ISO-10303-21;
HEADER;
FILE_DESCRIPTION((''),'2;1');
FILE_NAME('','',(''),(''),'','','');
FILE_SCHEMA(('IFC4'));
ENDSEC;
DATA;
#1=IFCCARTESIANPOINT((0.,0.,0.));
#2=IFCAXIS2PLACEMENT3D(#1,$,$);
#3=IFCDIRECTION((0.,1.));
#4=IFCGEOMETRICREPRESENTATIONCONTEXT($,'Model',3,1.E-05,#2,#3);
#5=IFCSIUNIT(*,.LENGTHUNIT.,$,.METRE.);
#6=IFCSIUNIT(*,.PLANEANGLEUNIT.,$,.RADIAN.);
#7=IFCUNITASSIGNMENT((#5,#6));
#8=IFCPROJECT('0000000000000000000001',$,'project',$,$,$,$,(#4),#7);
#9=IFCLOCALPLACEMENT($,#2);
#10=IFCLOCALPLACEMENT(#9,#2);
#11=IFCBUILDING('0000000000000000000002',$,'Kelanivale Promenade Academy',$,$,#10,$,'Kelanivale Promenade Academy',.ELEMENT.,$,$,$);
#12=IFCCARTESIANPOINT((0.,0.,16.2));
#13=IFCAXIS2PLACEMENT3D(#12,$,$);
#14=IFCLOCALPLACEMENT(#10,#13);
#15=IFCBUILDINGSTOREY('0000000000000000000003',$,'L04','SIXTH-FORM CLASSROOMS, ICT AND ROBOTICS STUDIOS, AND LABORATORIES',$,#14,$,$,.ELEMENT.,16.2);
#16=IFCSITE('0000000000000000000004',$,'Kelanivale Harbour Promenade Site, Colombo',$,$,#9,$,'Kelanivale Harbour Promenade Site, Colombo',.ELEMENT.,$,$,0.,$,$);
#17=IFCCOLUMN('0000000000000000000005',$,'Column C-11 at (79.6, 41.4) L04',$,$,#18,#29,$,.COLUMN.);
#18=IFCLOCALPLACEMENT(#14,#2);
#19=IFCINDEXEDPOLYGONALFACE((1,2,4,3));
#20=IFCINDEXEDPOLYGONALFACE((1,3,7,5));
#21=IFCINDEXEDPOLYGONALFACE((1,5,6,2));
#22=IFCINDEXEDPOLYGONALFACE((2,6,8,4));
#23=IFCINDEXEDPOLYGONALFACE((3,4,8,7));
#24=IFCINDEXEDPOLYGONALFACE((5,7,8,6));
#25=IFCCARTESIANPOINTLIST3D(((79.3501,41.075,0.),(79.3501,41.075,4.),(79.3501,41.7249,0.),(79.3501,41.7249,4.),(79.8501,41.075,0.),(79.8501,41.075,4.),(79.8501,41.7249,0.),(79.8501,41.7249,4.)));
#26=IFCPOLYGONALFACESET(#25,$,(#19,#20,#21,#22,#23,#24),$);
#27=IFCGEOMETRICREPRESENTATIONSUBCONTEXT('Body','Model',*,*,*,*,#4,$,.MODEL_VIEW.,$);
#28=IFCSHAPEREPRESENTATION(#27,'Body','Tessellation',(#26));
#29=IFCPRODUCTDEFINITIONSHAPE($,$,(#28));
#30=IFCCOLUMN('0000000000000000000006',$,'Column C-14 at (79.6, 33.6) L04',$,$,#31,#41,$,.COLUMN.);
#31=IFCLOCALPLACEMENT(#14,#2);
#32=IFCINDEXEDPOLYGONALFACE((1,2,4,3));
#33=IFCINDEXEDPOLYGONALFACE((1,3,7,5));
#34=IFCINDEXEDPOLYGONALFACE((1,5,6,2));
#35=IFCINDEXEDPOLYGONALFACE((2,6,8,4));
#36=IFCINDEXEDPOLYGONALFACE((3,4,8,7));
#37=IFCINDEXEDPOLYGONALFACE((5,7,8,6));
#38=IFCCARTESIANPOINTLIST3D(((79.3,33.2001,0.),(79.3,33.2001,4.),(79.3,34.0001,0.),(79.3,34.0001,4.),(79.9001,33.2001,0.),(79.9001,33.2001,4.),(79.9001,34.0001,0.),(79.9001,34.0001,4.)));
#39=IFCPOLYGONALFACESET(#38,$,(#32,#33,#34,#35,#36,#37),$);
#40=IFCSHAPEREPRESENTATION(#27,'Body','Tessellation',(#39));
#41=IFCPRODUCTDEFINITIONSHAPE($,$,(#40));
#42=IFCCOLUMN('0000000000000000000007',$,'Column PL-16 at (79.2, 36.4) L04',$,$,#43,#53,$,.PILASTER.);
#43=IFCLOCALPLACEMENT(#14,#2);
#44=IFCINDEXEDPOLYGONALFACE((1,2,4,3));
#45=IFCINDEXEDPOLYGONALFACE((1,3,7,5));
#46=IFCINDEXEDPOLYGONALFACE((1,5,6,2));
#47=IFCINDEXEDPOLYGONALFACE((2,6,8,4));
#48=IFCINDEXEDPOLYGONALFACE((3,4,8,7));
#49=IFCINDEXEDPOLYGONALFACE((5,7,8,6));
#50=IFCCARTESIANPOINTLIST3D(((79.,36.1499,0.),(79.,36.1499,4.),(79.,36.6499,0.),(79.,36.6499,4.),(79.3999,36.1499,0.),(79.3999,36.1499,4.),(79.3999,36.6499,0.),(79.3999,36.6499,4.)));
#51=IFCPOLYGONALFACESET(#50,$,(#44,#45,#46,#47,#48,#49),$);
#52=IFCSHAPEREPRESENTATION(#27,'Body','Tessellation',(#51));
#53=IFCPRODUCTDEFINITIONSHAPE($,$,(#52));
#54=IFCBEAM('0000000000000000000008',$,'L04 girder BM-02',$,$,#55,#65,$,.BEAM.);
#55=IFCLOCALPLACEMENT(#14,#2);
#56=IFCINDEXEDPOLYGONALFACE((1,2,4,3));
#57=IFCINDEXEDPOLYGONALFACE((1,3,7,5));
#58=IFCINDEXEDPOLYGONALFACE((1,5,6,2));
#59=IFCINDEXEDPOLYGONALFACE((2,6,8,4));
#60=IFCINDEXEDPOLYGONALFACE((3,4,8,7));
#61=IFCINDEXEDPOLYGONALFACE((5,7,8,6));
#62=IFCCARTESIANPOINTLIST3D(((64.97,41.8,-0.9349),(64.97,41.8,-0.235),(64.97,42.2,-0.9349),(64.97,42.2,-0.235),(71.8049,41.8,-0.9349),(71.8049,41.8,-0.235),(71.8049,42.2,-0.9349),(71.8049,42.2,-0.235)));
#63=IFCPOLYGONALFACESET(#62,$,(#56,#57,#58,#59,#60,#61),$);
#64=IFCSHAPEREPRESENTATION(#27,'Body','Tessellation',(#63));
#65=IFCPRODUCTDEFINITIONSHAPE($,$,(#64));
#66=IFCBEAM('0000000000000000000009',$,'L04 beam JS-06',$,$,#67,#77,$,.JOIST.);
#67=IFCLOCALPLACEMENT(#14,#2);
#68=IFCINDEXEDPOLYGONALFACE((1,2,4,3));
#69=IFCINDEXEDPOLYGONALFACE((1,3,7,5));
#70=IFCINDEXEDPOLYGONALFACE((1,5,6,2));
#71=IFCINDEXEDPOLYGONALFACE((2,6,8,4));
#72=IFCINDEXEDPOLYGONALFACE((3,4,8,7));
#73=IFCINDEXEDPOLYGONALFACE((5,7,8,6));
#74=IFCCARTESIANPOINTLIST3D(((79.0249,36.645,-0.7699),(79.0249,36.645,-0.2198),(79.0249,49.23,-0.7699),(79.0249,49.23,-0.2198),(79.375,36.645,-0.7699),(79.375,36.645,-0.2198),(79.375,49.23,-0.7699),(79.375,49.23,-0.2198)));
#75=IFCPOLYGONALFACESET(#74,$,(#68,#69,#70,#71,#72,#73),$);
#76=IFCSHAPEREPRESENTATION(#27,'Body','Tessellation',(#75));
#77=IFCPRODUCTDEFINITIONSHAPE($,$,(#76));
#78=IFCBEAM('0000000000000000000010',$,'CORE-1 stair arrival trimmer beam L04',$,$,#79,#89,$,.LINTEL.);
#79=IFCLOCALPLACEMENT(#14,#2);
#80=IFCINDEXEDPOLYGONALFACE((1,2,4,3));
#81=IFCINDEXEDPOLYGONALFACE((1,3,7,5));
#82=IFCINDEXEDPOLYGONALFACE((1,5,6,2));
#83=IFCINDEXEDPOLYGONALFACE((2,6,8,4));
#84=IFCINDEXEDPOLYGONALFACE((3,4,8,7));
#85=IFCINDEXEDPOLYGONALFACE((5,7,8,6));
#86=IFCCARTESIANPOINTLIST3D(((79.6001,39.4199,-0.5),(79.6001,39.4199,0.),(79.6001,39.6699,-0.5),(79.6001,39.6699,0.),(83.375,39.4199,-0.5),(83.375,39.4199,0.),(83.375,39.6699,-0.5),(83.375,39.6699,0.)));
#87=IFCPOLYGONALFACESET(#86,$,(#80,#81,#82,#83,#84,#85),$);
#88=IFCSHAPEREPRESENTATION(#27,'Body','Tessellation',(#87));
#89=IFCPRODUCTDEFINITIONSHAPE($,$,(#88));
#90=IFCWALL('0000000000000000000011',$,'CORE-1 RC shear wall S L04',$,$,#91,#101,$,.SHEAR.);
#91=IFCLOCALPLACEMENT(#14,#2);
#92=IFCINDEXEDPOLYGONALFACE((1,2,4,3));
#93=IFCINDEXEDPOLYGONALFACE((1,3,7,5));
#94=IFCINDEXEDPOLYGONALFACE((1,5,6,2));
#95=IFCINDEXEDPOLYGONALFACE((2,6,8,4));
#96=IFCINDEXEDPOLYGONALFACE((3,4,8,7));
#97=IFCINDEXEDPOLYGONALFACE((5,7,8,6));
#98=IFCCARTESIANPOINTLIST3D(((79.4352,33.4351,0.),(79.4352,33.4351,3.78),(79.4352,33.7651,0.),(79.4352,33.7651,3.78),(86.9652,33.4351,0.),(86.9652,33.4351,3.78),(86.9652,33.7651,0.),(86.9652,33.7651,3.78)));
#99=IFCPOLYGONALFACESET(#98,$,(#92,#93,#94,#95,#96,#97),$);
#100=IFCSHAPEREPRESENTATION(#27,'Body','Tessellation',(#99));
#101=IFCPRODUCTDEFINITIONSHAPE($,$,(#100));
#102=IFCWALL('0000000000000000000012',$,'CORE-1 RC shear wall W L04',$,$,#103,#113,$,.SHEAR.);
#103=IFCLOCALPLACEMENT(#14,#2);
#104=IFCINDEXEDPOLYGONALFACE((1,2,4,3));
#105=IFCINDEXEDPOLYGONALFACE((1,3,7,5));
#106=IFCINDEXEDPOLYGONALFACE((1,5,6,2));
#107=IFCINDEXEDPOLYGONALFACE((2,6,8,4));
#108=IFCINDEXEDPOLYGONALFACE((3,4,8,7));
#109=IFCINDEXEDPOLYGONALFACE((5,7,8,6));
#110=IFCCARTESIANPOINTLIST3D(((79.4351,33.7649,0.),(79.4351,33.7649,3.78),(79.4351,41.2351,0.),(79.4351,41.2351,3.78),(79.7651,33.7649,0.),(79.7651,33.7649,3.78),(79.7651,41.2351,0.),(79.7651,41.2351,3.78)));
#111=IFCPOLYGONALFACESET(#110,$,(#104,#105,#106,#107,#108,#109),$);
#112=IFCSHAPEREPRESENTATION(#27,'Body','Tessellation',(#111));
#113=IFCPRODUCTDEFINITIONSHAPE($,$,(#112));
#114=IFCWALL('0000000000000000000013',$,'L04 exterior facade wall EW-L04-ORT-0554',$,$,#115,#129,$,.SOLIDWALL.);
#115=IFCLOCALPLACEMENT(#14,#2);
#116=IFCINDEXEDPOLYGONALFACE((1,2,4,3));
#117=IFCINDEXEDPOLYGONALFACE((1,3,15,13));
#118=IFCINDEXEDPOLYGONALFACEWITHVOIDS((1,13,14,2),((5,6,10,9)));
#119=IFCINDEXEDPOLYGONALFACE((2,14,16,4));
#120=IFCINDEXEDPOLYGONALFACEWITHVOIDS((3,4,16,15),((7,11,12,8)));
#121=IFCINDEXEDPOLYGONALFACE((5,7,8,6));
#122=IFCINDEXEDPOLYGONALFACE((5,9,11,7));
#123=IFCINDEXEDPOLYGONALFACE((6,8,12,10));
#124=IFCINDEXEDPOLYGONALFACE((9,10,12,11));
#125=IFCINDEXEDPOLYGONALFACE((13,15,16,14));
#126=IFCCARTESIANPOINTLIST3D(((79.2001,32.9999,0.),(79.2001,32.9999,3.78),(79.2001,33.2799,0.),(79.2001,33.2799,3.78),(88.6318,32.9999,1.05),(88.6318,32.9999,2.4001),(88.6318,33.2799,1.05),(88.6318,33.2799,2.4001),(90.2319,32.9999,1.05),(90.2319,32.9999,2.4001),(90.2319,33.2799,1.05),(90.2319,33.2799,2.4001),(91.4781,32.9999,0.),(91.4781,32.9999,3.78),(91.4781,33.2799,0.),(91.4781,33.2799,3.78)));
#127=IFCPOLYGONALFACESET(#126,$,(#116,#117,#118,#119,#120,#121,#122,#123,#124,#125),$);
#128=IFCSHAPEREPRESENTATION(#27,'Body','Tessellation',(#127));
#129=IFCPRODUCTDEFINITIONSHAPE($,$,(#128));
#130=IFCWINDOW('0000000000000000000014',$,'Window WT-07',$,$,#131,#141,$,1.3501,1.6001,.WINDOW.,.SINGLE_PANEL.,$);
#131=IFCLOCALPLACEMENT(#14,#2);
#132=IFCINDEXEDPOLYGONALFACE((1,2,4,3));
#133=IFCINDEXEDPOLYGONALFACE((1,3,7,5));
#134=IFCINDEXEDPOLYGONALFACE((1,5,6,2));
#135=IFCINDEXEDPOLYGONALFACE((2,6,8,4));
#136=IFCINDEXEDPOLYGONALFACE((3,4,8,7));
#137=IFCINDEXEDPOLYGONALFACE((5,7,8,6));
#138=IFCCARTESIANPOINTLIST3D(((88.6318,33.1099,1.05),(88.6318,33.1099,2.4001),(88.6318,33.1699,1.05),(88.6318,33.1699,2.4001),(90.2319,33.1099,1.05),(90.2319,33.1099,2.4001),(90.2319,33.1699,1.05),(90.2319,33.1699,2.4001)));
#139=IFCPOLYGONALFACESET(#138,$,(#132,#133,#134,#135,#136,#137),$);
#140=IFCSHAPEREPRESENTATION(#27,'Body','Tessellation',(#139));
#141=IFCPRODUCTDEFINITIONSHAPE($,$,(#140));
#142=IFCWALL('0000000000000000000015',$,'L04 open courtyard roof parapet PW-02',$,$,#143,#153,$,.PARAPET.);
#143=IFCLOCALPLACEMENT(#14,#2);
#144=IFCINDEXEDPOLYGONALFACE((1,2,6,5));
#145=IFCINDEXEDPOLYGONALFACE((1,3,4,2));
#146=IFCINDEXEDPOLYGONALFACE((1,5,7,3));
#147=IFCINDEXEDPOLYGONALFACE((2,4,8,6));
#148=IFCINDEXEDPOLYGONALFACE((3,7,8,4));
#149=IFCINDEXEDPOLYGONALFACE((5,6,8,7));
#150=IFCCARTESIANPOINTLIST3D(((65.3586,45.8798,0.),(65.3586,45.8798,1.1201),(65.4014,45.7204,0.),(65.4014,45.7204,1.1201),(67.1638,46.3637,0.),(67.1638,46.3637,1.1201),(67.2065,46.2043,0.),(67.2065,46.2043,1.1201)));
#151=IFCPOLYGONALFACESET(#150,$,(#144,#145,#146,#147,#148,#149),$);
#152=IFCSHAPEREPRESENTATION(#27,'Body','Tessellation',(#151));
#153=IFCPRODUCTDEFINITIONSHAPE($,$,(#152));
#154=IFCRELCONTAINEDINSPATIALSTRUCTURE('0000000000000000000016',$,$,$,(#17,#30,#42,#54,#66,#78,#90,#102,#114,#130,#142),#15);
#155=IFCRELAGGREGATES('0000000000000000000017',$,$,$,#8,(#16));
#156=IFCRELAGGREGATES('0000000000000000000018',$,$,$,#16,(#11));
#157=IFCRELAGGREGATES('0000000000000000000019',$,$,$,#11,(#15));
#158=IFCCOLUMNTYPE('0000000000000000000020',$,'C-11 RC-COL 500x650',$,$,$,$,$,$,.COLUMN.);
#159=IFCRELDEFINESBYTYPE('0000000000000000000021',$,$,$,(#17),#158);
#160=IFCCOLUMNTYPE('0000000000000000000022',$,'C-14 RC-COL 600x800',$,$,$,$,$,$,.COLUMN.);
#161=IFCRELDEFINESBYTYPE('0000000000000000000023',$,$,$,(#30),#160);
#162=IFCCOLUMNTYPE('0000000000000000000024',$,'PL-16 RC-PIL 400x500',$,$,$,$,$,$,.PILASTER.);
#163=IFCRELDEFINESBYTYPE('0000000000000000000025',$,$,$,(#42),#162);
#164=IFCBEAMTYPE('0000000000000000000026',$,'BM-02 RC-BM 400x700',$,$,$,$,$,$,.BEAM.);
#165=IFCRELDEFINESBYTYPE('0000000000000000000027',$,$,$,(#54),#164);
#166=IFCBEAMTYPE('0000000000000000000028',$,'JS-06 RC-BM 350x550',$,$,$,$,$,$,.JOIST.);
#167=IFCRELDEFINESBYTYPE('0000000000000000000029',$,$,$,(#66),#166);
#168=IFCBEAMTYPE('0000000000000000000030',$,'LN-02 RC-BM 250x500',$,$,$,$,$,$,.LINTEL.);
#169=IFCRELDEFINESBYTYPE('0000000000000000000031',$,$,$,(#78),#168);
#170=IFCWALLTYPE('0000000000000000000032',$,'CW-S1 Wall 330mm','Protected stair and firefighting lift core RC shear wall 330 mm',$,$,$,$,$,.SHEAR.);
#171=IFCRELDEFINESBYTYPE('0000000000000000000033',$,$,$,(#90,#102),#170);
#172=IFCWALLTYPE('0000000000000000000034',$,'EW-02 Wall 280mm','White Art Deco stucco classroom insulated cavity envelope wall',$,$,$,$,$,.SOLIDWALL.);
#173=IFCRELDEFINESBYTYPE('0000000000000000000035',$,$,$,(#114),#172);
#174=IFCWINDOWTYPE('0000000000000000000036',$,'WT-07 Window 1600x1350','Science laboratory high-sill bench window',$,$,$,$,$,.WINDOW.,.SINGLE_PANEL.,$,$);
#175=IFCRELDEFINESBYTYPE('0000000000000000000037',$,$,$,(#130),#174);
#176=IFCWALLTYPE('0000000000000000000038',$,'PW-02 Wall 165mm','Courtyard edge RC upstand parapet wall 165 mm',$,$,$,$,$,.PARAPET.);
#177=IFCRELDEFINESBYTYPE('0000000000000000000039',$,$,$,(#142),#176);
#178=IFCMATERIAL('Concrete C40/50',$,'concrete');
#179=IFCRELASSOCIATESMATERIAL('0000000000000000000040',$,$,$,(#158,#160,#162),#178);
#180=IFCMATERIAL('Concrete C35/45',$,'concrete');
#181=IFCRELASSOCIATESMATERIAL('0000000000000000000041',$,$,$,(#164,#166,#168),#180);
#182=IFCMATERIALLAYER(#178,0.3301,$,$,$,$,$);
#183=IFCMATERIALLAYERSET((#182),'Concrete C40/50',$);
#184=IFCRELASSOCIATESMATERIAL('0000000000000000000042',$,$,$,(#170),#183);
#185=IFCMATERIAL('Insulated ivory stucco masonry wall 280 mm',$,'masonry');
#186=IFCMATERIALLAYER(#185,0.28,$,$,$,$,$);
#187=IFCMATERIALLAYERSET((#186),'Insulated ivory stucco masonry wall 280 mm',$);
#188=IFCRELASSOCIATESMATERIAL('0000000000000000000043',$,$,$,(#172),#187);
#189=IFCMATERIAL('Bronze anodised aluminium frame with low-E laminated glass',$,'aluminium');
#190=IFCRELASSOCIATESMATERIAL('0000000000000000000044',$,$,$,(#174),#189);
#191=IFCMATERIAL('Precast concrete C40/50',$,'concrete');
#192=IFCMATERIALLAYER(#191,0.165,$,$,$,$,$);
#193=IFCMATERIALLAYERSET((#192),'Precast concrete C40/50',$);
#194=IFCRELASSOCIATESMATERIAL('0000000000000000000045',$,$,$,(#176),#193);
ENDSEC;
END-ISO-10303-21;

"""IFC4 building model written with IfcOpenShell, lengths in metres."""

from ifc_helpers import new_model, si_unit, direction, frame, frame_2d, origin, origin_2d, place, context, subcontext, project, spatial, rectangle, extrude, material, layer, layer_set, material_profile, profile_set, type_object, element, fill, save


model = new_model("IFC4")

# Units and contexts
model_context = context("Model", 3, precision=1e-05, world=origin(), true_north=direction((0.0, 1.0)))
body_context = subcontext(model_context, "Body", "Model", "MODEL_VIEW")
ifc_project = project(units=[si_unit("LENGTHUNIT", "METRE"), si_unit("PLANEANGLEUNIT", "RADIAN")], contexts=[model_context])

# Site, building, storey
site_placement = place(None, origin())
site = spatial("IfcSite", under=ifc_project, at=site_placement, Name="Kelanivale Harbour Promenade Site, Colombo", LongName="Kelanivale Harbour Promenade Site, Colombo", CompositionType="ELEMENT", RefElevation=0.0)
building_placement = place(site_placement, origin())
building = spatial("IfcBuilding", under=site, at=building_placement, Name="Kelanivale Promenade Academy", LongName="Kelanivale Promenade Academy", CompositionType="ELEMENT")
storey_placement = place(building_placement, frame((0.0, 0.0, 16.2)))
storey = spatial("IfcBuildingStorey", under=building, at=storey_placement, Name="L04", Description="SIXTH-FORM CLASSROOMS, ICT AND ROBOTICS STUDIOS, AND LABORATORIES", CompositionType="ELEMENT", Elevation=16.2)

# Columns
ifc_material_1 = material(Name="Concrete C40/50", Category="concrete")
ifc_material_profile_1 = material_profile(ifc_material_1, rectangle(XDim=0.5, YDim=0.6499, at=origin_2d()), Name="RC-COL 500x650")
ifc_profile_set_1 = profile_set([ifc_material_profile_1], Name="Concrete C40/50")
column_type_1 = type_object("IfcColumnType", Name="C-11 RC-COL 500x650", PredefinedType="COLUMN", material=ifc_profile_set_1)
column_1_placement = place(storey_placement, frame((79.6001, 41.3999, 0.0), z_axis=(0.0, 0.0, 1.0), x_axis=(1.0, 0.0, 0.0)))
element("IfcColumn", 1, at=column_1_placement, inside=storey, type_object=column_type_1, Name="Column C-11 at (79.6, 41.4) L04", PredefinedType="COLUMN", context=body_context, shape_type="SweptSolid", body=[
    extrude(rectangle(XDim=0.5, YDim=0.6499, at=origin_2d()), origin(), (0.0, 0.0, 1.0), 4.0),
])
ifc_material_profile_2 = material_profile(ifc_material_1, rectangle(XDim=0.6001, YDim=0.8, at=origin_2d()), Name="RC-COL 600x800")
ifc_profile_set_2 = profile_set([ifc_material_profile_2], Name="Concrete C40/50")
column_type_2 = type_object("IfcColumnType", Name="C-14 RC-COL 600x800", PredefinedType="COLUMN", material=ifc_profile_set_2)
column_2_placement = place(storey_placement, frame((79.6001, 33.6001, 0.0), z_axis=(0.0, 0.0, 1.0), x_axis=(1.0, 0.0, 0.0)))
element("IfcColumn", 2, at=column_2_placement, inside=storey, type_object=column_type_2, Name="Column C-14 at (79.6, 33.6) L04", PredefinedType="COLUMN", context=body_context, shape_type="SweptSolid", body=[
    extrude(rectangle(XDim=0.6001, YDim=0.8, at=origin_2d()), origin(), (0.0, 0.0, 1.0), 4.0),
])
ifc_material_profile_3 = material_profile(ifc_material_1, rectangle(XDim=0.3999, YDim=0.5, at=origin_2d()), Name="RC-PIL 400x500")
ifc_profile_set_3 = profile_set([ifc_material_profile_3], Name="Concrete C40/50")
column_type_3 = type_object("IfcColumnType", Name="PL-16 RC-PIL 400x500", PredefinedType="PILASTER", material=ifc_profile_set_3)
column_3_placement = place(storey_placement, frame((79.2, 36.3999, 0.0), z_axis=(0.0, 0.0, 1.0), x_axis=(1.0, 0.0, 0.0)))
element("IfcColumn", 3, at=column_3_placement, inside=storey, type_object=column_type_3, Name="Column PL-16 at (79.2, 36.4) L04", PredefinedType="PILASTER", context=body_context, shape_type="SweptSolid", body=[
    extrude(rectangle(XDim=0.3999, YDim=0.5, at=origin_2d()), origin(), (0.0, 0.0, 1.0), 4.0),
])

# Beams
ifc_material_2 = material(Name="Concrete C35/45", Category="concrete")
ifc_material_profile_4 = material_profile(ifc_material_2, rectangle(XDim=0.3999, YDim=0.7, at=origin_2d()), Name="RC-BM 400x700")
ifc_profile_set_4 = profile_set([ifc_material_profile_4], Name="Concrete C35/45")
beam_type_1 = type_object("IfcBeamType", Name="BM-02 RC-BM 400x700", PredefinedType="BEAM", material=ifc_profile_set_4)
beam_1_placement = place(storey_placement, frame((64.97, 42.0, -0.585), z_axis=(1.0, 0.0, 0.0), x_axis=(0.0, 1.0, 0.0)))
element("IfcBeam", 4, at=beam_1_placement, inside=storey, type_object=beam_type_1, Name="L04 girder BM-02", PredefinedType="BEAM", context=body_context, shape_type="SweptSolid", body=[
    extrude(rectangle(XDim=0.3999, YDim=0.7, at=origin_2d()), origin(), (0.0, 0.0, 1.0), 6.835),
])
ifc_material_profile_5 = material_profile(ifc_material_2, rectangle(XDim=0.3501, YDim=0.55, at=origin_2d()), Name="RC-BM 350x550")
ifc_profile_set_5 = profile_set([ifc_material_profile_5], Name="Concrete C35/45")
beam_type_2 = type_object("IfcBeamType", Name="JS-06 RC-BM 350x550", PredefinedType="JOIST", material=ifc_profile_set_5)
beam_2_placement = place(storey_placement, frame((79.2, 36.645, -0.4949), z_axis=(0.0, 1.0, 0.0), x_axis=(-1.0, 0.0, 0.0)))
element("IfcBeam", 5, at=beam_2_placement, inside=storey, type_object=beam_type_2, Name="L04 beam JS-06", PredefinedType="JOIST", context=body_context, shape_type="SweptSolid", body=[
    extrude(rectangle(XDim=0.3501, YDim=0.55, at=origin_2d()), origin(), (0.0, 0.0, 1.0), 12.585),
])
ifc_material_profile_6 = material_profile(ifc_material_2, rectangle(XDim=0.25, YDim=0.5, at=origin_2d()), Name="RC-BM 250x500")
ifc_profile_set_6 = profile_set([ifc_material_profile_6], Name="Concrete C35/45")
beam_type_3 = type_object("IfcBeamType", Name="LN-02 RC-BM 250x500", PredefinedType="LINTEL", material=ifc_profile_set_6)
beam_3_placement = place(storey_placement, frame((79.6001, 39.5449, -0.25), z_axis=(1.0, 0.0, 0.0), x_axis=(0.0, 1.0, 0.0)))
element("IfcBeam", 6, at=beam_3_placement, inside=storey, type_object=beam_type_3, Name="CORE-1 stair arrival trimmer beam L04", PredefinedType="LINTEL", context=body_context, shape_type="SweptSolid", body=[
    extrude(rectangle(XDim=0.25, YDim=0.5, at=origin_2d()), origin(), (0.0, 0.0, 1.0), 3.7749),
])

# Wall
ifc_layer_1 = layer(ifc_material_1, 0.3301)
ifc_layer_set_1 = layer_set([ifc_layer_1], Name="Concrete C40/50")
wall_type_1 = type_object("IfcWallType", Name="CW-S1 Wall 330mm", Description="Protected stair and firefighting lift core RC shear wall 330 mm", PredefinedType="SHEAR", material=ifc_layer_set_1)
wall_1_placement = place(storey_placement, frame((79.4351, 33.6001, 0.0), z_axis=(0.0, 0.0, 1.0), x_axis=(1.0, 0.0, 0.0)))
element("IfcWall", 7, at=wall_1_placement, inside=storey, type_object=wall_type_1, Name="CORE-1 RC shear wall S L04", PredefinedType="SHEAR", context=body_context, shape_type="SweptSolid", body=[
    extrude(rectangle(XDim=7.53, YDim=0.3301, at=frame_2d((3.7651, 0.0))), origin(), (0.0, 0.0, 1.0), 3.78),
])

# Wall
wall_2_placement = place(storey_placement, frame((79.6001, 33.7649, 0.0), z_axis=(0.0, 0.0, 1.0), x_axis=(0.0, 1.0, 0.0)))
element("IfcWall", 8, at=wall_2_placement, inside=storey, type_object=wall_type_1, Name="CORE-1 RC shear wall W L04", PredefinedType="SHEAR", context=body_context, shape_type="SweptSolid", body=[
    extrude(rectangle(XDim=7.4702, YDim=0.3301, at=frame_2d((3.7351, 0.0))), origin(), (0.0, 0.0, 1.0), 3.78),
])

# Wall, opening, window
ifc_material_3 = material(Name="Insulated ivory stucco masonry wall 280 mm", Category="masonry")
ifc_layer_2 = layer(ifc_material_3, 0.28)
ifc_layer_set_2 = layer_set([ifc_layer_2], Name="Insulated ivory stucco masonry wall 280 mm")
wall_type_2 = type_object("IfcWallType", Name="EW-02 Wall 280mm", Description="White Art Deco stucco classroom insulated cavity envelope wall", PredefinedType="SOLIDWALL", material=ifc_layer_set_2)
wall_3_placement = place(storey_placement, frame((79.2, 33.1399, 0.0), z_axis=(0.0, 0.0, 1.0), x_axis=(1.0, 0.0, 0.0)))
wall_3 = element("IfcWall", 9, at=wall_3_placement, inside=storey, type_object=wall_type_2, Name="L04 exterior facade wall EW-L04-ORT-0554", PredefinedType="SOLIDWALL", context=body_context, shape_type="SweptSolid", body=[
    extrude(rectangle(XDim=12.2781, YDim=0.28, at=frame_2d((6.1392, 0.0))), origin(), (0.0, 0.0, 1.0), 3.78),
])
opening_1_placement = place(wall_3_placement, frame((9.4319, 0.0, 1.05)))
opening_1 = element("IfcOpeningElement", 10, at=opening_1_placement, cuts=wall_3, PredefinedType="OPENING", context=body_context, shape_type="SweptSolid", body=[
    extrude(rectangle(XDim=1.6001, YDim=1.3501, at=frame_2d((0.8, 0.675))), frame((0.0, 0.1499, 0.0), z_axis=(0.0, -1.0, 0.0), x_axis=(1.0, 0.0, 0.0)), (0.0, 0.0, 1.0), 0.3),
])
ifc_material_4 = material(Name="Bronze anodised aluminium frame with low-E laminated glass", Category="aluminium")
window_type = type_object("IfcWindowType", Name="WT-07 Window 1600x1350", Description="Science laboratory high-sill bench window", PartitioningType="SINGLE_PANEL", PredefinedType="WINDOW", material=ifc_material_4)
window_placement = place(opening_1_placement, origin())
window = element("IfcWindow", 11, at=window_placement, inside=storey, type_object=window_type, Name="Window WT-07", OverallHeight=1.3501, OverallWidth=1.6001, PartitioningType="SINGLE_PANEL", PredefinedType="WINDOW", context=body_context, shape_type="SweptSolid", body=[
    extrude(rectangle(XDim=1.6001, YDim=1.3501, at=frame_2d((0.8, 0.675))), frame((0.0, 0.03, 0.0), z_axis=(0.0, -1.0, 0.0), x_axis=(1.0, 0.0, 0.0)), (0.0, 0.0, 1.0), 0.0601),
])
fill(opening_1, window)

# Wall
ifc_material_5 = material(Name="Precast concrete C40/50", Category="concrete")
ifc_layer_3 = layer(ifc_material_5, 0.165)
ifc_layer_set_3 = layer_set([ifc_layer_3], Name="Precast concrete C40/50")
wall_type_3 = type_object("IfcWallType", Name="PW-02 Wall 165mm", Description="Courtyard edge RC upstand parapet wall 165 mm", PredefinedType="PARAPET", material=ifc_layer_set_3)
wall_4_placement = place(storey_placement, frame((65.3799, 45.8, 0.0), z_axis=(0.0, 0.0, 1.0), x_axis=(0.9659, 0.258915, 0.0)))
element("IfcWall", 12, at=wall_4_placement, inside=storey, type_object=wall_type_3, Name="L04 open courtyard roof parapet PW-02", PredefinedType="PARAPET", context=body_context, shape_type="SweptSolid", body=[
    extrude(rectangle(XDim=1.8689, YDim=0.165, at=frame_2d((0.9346, 0.0))), origin(), (0.0, 0.0, 1.0), 1.1201),
])

save(model, "model.ifc")
